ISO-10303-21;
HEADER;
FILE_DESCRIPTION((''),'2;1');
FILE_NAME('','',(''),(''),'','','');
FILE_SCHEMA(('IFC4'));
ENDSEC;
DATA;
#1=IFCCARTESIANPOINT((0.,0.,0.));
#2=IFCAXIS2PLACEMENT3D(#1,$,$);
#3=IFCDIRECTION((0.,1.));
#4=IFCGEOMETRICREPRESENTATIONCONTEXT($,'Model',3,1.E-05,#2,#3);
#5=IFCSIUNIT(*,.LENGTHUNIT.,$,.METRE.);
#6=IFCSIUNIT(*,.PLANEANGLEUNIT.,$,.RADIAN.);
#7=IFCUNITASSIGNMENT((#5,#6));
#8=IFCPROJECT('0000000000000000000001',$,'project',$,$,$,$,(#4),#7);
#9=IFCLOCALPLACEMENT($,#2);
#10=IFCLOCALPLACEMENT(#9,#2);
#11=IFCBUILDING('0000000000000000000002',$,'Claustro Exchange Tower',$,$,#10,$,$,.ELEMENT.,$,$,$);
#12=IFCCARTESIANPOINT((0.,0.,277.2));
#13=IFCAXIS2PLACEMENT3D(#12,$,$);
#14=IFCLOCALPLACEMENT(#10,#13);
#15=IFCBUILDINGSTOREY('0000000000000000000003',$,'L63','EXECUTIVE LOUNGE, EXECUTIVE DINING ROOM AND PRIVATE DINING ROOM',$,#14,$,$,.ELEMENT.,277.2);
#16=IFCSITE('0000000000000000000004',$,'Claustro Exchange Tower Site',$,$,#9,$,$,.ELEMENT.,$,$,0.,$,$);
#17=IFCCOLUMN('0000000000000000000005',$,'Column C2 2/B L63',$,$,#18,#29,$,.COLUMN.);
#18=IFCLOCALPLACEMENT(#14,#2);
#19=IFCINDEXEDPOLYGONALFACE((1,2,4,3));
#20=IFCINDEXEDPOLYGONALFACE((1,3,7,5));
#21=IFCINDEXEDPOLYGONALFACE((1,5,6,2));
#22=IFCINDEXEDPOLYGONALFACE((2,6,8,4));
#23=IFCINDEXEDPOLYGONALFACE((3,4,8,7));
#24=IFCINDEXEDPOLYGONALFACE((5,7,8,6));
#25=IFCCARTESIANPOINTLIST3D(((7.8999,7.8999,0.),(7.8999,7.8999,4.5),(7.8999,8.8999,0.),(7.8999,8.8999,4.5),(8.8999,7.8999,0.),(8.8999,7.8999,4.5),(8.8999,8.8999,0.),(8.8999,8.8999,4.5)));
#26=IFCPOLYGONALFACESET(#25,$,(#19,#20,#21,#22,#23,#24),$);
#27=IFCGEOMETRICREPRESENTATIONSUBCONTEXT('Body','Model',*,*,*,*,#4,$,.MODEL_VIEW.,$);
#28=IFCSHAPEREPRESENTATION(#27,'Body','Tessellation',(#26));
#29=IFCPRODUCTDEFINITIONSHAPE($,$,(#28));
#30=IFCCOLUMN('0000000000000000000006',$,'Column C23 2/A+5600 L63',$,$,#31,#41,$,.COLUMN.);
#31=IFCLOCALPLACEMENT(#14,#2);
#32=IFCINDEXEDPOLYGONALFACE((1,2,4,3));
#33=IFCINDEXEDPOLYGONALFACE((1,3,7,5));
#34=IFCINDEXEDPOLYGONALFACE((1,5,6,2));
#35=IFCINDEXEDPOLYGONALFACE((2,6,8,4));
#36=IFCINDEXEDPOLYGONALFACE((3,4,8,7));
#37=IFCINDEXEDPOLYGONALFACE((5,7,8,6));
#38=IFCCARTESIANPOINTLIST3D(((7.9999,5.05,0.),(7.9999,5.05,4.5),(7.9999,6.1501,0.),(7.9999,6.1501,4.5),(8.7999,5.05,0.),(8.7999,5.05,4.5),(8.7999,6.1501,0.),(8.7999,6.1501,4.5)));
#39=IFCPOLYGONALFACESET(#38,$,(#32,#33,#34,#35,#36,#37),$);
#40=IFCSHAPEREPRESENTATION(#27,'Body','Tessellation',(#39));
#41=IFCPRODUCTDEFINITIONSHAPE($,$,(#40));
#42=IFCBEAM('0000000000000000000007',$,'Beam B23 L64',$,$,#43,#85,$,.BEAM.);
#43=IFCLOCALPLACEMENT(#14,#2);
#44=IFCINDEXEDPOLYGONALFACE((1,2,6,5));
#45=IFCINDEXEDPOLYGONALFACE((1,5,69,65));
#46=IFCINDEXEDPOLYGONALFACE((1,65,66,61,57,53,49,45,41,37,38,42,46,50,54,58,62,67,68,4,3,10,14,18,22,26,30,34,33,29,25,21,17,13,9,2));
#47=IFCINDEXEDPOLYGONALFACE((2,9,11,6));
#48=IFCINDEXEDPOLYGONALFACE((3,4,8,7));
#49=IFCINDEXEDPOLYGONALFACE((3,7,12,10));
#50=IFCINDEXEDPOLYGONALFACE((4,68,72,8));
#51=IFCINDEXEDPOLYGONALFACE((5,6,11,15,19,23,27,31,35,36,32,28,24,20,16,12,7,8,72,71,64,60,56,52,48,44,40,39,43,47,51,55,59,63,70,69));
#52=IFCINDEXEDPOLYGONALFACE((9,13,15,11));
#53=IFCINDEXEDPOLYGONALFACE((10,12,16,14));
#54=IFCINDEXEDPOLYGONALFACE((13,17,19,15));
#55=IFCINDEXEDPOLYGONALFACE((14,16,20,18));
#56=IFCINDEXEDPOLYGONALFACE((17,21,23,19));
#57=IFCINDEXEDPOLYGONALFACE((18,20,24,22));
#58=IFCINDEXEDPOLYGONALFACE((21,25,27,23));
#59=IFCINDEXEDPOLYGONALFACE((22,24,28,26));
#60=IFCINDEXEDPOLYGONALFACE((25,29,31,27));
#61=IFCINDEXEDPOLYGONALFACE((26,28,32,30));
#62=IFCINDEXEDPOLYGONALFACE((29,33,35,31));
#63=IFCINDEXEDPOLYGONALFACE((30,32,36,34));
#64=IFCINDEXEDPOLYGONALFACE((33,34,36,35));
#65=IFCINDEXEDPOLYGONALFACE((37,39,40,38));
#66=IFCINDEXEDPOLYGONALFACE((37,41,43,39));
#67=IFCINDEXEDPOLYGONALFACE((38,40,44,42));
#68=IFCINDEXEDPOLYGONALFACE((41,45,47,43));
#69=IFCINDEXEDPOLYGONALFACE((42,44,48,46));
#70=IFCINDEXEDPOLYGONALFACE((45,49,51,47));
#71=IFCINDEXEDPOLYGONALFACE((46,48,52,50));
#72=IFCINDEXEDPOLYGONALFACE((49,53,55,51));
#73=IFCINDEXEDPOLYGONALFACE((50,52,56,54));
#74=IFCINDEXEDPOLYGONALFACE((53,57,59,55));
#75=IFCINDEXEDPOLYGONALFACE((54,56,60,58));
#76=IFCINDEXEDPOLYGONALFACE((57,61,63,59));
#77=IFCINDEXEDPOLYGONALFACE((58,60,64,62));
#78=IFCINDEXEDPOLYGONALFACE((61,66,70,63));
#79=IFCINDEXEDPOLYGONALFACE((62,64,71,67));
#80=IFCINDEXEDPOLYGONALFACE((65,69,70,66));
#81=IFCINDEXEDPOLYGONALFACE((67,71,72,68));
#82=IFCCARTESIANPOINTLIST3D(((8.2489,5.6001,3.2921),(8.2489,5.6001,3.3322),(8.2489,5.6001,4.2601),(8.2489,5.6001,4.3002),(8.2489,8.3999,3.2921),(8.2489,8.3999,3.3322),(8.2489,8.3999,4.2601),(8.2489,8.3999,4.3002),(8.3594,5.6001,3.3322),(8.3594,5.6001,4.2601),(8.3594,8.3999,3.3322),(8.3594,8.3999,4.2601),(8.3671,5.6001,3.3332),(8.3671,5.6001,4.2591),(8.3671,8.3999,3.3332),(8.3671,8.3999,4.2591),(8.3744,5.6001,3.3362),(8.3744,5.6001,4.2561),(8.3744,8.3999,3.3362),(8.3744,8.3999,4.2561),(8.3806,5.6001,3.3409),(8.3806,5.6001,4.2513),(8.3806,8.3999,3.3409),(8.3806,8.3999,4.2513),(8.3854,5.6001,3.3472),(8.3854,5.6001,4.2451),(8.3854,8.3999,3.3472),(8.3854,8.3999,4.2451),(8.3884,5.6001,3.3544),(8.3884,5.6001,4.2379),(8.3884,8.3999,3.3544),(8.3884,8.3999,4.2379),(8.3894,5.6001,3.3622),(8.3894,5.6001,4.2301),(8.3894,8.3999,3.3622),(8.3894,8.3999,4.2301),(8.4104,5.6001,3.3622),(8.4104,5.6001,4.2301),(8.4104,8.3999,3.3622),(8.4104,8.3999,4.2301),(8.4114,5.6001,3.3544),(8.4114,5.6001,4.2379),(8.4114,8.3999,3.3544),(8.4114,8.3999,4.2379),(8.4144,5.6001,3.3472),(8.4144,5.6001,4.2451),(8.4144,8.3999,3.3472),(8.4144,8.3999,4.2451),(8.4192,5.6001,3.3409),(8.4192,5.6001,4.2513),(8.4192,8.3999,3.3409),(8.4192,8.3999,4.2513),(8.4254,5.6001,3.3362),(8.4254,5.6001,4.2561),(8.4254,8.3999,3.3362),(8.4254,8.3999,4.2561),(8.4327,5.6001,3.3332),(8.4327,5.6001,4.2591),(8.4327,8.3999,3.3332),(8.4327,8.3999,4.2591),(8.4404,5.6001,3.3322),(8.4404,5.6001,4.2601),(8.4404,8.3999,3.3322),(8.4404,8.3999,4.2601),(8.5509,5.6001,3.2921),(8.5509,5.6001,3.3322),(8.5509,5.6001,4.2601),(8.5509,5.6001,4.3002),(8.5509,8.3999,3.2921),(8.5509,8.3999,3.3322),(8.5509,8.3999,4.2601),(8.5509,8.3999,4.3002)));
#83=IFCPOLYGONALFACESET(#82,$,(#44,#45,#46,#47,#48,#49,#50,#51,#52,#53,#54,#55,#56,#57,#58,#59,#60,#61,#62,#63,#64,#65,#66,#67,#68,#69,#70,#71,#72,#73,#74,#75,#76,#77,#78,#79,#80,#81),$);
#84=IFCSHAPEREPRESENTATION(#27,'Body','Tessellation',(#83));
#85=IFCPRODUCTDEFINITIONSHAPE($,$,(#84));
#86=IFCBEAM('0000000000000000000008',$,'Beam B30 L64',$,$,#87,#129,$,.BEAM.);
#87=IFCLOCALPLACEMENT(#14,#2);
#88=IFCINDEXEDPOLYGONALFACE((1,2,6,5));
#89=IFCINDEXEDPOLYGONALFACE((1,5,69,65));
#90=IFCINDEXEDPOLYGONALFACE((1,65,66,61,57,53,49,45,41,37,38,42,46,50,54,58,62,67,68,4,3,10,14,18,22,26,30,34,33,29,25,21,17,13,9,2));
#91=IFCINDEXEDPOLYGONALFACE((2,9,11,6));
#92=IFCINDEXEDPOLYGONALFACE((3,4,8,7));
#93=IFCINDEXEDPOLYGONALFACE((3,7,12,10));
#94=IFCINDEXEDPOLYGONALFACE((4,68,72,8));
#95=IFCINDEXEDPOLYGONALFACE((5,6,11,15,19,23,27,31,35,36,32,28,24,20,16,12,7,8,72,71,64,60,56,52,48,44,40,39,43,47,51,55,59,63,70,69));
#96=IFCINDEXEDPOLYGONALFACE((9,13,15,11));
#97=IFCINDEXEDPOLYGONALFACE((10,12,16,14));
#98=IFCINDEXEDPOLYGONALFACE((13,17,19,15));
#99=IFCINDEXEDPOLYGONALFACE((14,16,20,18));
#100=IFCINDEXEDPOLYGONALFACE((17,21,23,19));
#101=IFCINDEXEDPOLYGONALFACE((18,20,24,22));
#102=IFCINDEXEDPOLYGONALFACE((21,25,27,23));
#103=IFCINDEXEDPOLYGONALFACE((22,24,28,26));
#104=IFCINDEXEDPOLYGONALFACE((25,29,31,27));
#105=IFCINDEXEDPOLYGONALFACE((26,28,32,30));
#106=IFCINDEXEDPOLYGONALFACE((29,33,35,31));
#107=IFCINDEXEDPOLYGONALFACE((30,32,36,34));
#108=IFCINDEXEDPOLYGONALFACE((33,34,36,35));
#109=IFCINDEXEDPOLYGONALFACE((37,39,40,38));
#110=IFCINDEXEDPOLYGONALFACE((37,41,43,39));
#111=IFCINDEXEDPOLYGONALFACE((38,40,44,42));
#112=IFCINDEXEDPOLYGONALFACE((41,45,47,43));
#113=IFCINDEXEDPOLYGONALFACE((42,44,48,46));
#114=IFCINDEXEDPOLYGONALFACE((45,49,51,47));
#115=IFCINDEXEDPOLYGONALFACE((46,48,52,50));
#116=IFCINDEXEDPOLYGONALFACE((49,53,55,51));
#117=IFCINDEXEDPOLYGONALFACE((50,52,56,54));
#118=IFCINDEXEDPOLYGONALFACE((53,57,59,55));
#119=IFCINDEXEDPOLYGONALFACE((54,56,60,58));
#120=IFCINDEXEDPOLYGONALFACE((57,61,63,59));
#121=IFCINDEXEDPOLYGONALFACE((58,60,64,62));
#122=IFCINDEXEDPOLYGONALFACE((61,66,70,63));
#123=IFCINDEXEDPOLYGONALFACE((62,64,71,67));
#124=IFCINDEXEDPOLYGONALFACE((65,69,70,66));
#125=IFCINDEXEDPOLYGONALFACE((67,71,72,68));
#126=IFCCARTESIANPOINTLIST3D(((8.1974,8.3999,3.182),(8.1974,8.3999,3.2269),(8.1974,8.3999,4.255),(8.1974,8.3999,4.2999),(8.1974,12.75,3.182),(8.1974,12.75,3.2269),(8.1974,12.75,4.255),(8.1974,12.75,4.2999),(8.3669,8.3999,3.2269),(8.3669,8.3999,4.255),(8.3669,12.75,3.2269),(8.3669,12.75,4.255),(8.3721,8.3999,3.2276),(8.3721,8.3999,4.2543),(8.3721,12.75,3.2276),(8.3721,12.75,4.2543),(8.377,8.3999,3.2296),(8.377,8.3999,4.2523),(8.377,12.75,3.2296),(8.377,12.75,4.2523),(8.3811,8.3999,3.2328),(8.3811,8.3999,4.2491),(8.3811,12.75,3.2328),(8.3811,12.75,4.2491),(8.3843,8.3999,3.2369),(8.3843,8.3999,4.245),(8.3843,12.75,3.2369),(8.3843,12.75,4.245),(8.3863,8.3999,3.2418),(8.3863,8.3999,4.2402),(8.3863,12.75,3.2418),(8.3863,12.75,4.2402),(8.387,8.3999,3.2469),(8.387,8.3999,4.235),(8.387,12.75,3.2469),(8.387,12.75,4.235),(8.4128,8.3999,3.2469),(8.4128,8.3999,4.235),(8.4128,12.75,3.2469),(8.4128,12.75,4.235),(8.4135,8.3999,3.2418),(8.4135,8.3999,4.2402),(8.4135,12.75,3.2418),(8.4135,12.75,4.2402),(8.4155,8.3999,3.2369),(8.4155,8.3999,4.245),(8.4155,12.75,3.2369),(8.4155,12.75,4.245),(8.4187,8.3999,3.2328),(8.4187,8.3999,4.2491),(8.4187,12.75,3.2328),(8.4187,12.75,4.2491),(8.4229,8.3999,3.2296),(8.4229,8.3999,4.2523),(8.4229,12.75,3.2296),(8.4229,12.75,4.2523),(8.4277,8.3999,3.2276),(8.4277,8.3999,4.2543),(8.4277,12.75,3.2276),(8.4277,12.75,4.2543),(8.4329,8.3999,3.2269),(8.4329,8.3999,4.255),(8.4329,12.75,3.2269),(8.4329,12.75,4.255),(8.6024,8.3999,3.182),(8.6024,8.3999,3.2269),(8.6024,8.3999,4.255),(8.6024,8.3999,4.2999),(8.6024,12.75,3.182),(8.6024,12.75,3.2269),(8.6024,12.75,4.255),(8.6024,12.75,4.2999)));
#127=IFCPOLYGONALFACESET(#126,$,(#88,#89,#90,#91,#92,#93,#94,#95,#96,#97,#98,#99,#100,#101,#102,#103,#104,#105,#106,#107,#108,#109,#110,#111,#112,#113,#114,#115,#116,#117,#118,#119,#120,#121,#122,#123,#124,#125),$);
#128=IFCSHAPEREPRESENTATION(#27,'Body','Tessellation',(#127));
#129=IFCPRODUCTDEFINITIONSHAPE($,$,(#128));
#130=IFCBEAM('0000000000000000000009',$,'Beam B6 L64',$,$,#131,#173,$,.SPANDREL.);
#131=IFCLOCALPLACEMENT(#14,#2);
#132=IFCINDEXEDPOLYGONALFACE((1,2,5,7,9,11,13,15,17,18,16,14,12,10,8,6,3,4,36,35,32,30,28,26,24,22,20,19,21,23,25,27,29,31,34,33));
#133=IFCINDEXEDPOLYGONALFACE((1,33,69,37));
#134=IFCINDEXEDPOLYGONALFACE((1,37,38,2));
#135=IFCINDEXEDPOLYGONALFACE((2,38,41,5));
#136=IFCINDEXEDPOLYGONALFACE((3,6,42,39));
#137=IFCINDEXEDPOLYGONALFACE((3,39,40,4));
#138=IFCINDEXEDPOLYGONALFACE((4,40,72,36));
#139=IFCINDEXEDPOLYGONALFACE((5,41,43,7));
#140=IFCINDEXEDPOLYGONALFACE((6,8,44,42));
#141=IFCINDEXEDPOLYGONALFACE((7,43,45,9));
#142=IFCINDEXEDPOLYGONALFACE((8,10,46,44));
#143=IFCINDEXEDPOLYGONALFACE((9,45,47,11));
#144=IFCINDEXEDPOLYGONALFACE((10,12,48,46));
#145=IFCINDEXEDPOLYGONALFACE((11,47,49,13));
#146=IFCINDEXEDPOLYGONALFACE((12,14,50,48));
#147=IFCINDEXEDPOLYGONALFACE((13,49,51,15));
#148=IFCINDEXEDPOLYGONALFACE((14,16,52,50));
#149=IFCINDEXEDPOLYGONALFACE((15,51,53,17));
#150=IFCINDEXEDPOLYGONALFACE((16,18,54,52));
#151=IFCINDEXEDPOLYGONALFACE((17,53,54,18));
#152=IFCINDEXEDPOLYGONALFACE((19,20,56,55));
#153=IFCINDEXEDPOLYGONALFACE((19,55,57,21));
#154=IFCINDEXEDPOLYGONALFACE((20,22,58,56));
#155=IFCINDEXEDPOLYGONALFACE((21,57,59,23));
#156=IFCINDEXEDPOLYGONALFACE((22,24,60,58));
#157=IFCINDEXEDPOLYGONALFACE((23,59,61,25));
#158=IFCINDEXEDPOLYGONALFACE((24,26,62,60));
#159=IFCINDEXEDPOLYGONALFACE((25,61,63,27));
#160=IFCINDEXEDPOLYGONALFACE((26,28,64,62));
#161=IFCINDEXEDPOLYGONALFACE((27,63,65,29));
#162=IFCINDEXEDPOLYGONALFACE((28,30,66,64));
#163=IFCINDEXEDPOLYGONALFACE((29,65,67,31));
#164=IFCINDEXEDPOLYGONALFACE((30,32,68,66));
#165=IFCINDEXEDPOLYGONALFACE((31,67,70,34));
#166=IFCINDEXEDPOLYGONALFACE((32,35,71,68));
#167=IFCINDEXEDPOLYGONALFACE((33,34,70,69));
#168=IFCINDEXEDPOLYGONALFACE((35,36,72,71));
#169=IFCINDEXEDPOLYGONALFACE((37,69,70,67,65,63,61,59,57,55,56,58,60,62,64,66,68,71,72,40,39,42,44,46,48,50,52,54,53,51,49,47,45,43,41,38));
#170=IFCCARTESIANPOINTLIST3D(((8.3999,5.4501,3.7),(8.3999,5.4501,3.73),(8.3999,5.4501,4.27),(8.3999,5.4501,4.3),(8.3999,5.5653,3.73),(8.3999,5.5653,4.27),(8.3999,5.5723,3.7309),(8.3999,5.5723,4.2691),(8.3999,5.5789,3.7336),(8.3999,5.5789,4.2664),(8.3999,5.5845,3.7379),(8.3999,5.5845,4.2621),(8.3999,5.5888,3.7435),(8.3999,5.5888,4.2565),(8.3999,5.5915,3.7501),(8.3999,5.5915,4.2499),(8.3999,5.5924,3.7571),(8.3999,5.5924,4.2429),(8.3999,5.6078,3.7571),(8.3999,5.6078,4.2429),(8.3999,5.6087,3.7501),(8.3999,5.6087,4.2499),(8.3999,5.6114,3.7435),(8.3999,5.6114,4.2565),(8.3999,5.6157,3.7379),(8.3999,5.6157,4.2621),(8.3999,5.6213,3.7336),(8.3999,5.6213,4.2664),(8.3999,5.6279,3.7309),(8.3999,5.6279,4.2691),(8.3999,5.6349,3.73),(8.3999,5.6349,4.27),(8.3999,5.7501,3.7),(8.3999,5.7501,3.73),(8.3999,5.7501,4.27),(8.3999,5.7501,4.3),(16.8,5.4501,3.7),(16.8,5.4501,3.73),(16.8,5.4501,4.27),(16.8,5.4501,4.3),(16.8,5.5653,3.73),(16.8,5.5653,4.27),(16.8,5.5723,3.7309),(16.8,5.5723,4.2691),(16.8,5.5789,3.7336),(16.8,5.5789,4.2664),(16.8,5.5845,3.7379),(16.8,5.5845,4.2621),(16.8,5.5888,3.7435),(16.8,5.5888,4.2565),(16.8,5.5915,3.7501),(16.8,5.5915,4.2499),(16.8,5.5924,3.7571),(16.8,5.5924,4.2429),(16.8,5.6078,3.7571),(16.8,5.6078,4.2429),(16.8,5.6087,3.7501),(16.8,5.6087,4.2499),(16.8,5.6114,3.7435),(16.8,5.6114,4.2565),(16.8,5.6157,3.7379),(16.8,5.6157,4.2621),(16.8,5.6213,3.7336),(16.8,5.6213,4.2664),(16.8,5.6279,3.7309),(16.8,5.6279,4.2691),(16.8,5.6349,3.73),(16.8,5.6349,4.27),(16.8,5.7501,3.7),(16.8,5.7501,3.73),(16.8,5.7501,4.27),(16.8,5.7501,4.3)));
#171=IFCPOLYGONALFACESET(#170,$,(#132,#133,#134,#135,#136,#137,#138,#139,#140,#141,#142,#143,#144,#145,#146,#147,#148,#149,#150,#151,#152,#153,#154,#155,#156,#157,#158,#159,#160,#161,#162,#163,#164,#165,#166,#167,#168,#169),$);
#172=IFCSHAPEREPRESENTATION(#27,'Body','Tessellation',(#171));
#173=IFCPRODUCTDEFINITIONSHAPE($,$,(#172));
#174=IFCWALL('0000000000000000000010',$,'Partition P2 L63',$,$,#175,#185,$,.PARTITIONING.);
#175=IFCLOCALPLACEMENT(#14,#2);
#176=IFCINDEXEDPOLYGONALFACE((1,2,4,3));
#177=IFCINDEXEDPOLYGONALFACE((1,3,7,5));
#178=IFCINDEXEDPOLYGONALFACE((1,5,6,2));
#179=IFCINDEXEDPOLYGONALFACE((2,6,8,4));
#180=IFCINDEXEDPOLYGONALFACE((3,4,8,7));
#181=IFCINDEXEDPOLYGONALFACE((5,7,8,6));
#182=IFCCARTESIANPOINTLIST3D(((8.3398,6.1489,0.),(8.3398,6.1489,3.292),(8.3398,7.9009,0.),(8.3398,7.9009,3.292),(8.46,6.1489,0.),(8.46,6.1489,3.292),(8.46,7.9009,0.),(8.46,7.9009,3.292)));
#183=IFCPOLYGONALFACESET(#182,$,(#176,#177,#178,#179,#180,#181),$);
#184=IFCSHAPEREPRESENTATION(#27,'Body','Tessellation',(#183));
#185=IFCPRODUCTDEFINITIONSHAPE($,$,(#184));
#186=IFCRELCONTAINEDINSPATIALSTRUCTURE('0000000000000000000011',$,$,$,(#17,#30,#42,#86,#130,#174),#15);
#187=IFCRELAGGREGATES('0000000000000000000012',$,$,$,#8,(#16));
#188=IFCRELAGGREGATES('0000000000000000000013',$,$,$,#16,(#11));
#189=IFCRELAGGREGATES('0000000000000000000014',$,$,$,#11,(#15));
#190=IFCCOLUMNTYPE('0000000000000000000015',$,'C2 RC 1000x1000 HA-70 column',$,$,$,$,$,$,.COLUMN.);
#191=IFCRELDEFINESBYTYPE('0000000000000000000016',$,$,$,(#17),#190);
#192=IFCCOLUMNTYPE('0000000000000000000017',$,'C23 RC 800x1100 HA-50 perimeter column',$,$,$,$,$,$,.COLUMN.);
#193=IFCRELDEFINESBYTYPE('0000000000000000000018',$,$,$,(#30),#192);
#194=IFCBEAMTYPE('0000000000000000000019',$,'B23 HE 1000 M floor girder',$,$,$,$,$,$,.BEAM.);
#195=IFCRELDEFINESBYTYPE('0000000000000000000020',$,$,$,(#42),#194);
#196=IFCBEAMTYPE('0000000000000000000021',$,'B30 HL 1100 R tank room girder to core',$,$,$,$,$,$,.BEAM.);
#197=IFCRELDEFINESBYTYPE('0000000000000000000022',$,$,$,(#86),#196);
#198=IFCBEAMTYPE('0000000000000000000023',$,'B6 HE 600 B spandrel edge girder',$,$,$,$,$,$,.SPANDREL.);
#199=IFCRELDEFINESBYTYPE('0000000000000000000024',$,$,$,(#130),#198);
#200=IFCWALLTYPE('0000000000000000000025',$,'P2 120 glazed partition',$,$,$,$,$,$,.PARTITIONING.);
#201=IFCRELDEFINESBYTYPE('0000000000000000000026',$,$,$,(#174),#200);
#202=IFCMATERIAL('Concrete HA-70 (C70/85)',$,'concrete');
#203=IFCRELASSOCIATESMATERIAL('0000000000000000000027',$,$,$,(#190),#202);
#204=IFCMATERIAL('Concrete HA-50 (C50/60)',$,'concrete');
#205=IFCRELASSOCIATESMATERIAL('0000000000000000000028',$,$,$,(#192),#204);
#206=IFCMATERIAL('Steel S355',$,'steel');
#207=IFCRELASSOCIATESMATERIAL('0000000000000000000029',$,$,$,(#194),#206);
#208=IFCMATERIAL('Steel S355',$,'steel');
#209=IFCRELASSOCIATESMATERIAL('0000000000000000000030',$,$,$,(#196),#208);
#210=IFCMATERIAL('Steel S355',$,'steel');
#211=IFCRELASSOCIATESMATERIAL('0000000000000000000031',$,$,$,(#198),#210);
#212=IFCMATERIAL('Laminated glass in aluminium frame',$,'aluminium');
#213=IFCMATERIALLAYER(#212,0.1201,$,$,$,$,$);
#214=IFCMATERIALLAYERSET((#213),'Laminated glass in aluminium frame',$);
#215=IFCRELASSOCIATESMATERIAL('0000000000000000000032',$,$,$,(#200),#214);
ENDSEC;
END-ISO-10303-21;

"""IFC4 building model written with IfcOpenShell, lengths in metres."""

from ifc_helpers import new_model, si_unit, direction, frame, frame_2d, origin, origin_2d, place, context, subcontext, project, spatial, rectangle, i_section, extrude, material, layer, layer_set, material_profile, profile_set, type_object, element, save


model = new_model("IFC4")

# Units and contexts
model_context = context("Model", 3, precision=1e-05, world=origin(), true_north=direction((0.0, 1.0)))
body_context = subcontext(model_context, "Body", "Model", "MODEL_VIEW")
ifc_project = project(units=[si_unit("LENGTHUNIT", "METRE"), si_unit("PLANEANGLEUNIT", "RADIAN")], contexts=[model_context])

# Site, building, storey
site_placement = place(None, origin())
site = spatial("IfcSite", under=ifc_project, at=site_placement, Name="Claustro Exchange Tower Site", CompositionType="ELEMENT", RefElevation=0.0)
building_placement = place(site_placement, origin())
building = spatial("IfcBuilding", under=site, at=building_placement, Name="Claustro Exchange Tower", CompositionType="ELEMENT")
storey_placement = place(building_placement, frame((0.0, 0.0, 277.2)))
storey = spatial("IfcBuildingStorey", under=building, at=storey_placement, Name="L63", Description="EXECUTIVE LOUNGE, EXECUTIVE DINING ROOM AND PRIVATE DINING ROOM", CompositionType="ELEMENT", Elevation=277.2)

# Columns
ifc_material_1 = material(Name="Concrete HA-70 (C70/85)", Category="concrete")
ifc_material_profile_1 = material_profile(ifc_material_1, rectangle(XDim=1.0, YDim=1.0, at=origin_2d()), Name="RC 1000x1000")
ifc_profile_set_1 = profile_set([ifc_material_profile_1], Name="Concrete HA-70 (C70/85)")
column_type_1 = type_object("IfcColumnType", Name="C2 RC 1000x1000 HA-70 column", PredefinedType="COLUMN", material=ifc_profile_set_1)
column_1_placement = place(storey_placement, frame((8.3999, 8.3999, 0.0), z_axis=(0.0, 0.0, 1.0), x_axis=(1.0, 0.0, 0.0)))
element("IfcColumn", 1, at=column_1_placement, inside=storey, type_object=column_type_1, Name="Column C2 2/B L63", PredefinedType="COLUMN", context=body_context, shape_type="SweptSolid", body=[
    extrude(rectangle(XDim=1.0, YDim=1.0, at=origin_2d()), origin(), (0.0, 0.0, 1.0), 4.5),
])
ifc_material_2 = material(Name="Concrete HA-50 (C50/60)", Category="concrete")
ifc_material_profile_2 = material_profile(ifc_material_2, rectangle(XDim=0.8, YDim=1.1001, at=origin_2d()), Name="RC 800x1100")
ifc_profile_set_2 = profile_set([ifc_material_profile_2], Name="Concrete HA-50 (C50/60)")
column_type_2 = type_object("IfcColumnType", Name="C23 RC 800x1100 HA-50 perimeter column", PredefinedType="COLUMN", material=ifc_profile_set_2)
column_2_placement = place(storey_placement, frame((8.3999, 5.6001, 0.0), z_axis=(0.0, 0.0, 1.0), x_axis=(1.0, 0.0, 0.0)))
element("IfcColumn", 2, at=column_2_placement, inside=storey, type_object=column_type_2, Name="Column C23 2/A+5600 L63", PredefinedType="COLUMN", context=body_context, shape_type="SweptSolid", body=[
    extrude(rectangle(XDim=0.8, YDim=1.1001, at=origin_2d()), origin(), (0.0, 0.0, 1.0), 4.5),
])

# Beams
ifc_material_3 = material(Name="Steel S355", Category="steel")
ifc_material_profile_3 = material_profile(ifc_material_3, i_section(OverallWidth=0.302, OverallDepth=1.0081, WebThickness=0.021, FlangeThickness=0.04, FilletRadius=0.03, at=origin_2d()), Name="HE 1000 M")
ifc_profile_set_3 = profile_set([ifc_material_profile_3], Name="Steel S355")
beam_type_1 = type_object("IfcBeamType", Name="B23 HE 1000 M floor girder", PredefinedType="BEAM", material=ifc_profile_set_3)
beam_1_placement = place(storey_placement, frame((8.3999, 5.6001, 3.7961), z_axis=(0.0, 1.0, 0.0), x_axis=(-1.0, 0.0, 0.0)))
element("IfcBeam", 3, at=beam_1_placement, inside=storey, type_object=beam_type_1, Name="Beam B23 L64", PredefinedType="BEAM", context=body_context, shape_type="SweptSolid", body=[
    extrude(i_section(OverallWidth=0.302, OverallDepth=1.0081, WebThickness=0.021, FlangeThickness=0.04, FilletRadius=0.03, at=origin_2d()), origin(), (0.0, 0.0, 1.0), 2.7998),
])
ifc_material_4 = material(Name="Steel S355", Category="steel")
ifc_material_profile_4 = material_profile(ifc_material_4, i_section(OverallWidth=0.405, OverallDepth=1.1179, WebThickness=0.0259, FlangeThickness=0.0449, FilletRadius=0.02, at=origin_2d()), Name="HL 1100 R")
ifc_profile_set_4 = profile_set([ifc_material_profile_4], Name="Steel S355")
beam_type_2 = type_object("IfcBeamType", Name="B30 HL 1100 R tank room girder to core", PredefinedType="BEAM", material=ifc_profile_set_4)
beam_2_placement = place(storey_placement, frame((8.3999, 8.3999, 3.741), z_axis=(0.0, 1.0, 0.0), x_axis=(-1.0, 0.0, 0.0)))
element("IfcBeam", 4, at=beam_2_placement, inside=storey, type_object=beam_type_2, Name="Beam B30 L64", PredefinedType="BEAM", context=body_context, shape_type="SweptSolid", body=[
    extrude(i_section(OverallWidth=0.405, OverallDepth=1.1179, WebThickness=0.0259, FlangeThickness=0.0449, FilletRadius=0.02, at=origin_2d()), origin(), (0.0, 0.0, 1.0), 4.3501),
])
ifc_material_5 = material(Name="Steel S355", Category="steel")
ifc_material_profile_5 = material_profile(ifc_material_5, i_section(OverallWidth=0.3, OverallDepth=0.6001, WebThickness=0.0154, FlangeThickness=0.03, FilletRadius=0.0271, at=origin_2d()), Name="HE 600 B")
ifc_profile_set_5 = profile_set([ifc_material_profile_5], Name="Steel S355")
beam_type_3 = type_object("IfcBeamType", Name="B6 HE 600 B spandrel edge girder", PredefinedType="SPANDREL", material=ifc_profile_set_5)
beam_3_placement = place(storey_placement, frame((8.3999, 5.6001, 4.0), z_axis=(1.0, 0.0, 0.0), x_axis=(0.0, 1.0, 0.0)))
element("IfcBeam", 5, at=beam_3_placement, inside=storey, type_object=beam_type_3, Name="Beam B6 L64", PredefinedType="SPANDREL", context=body_context, shape_type="SweptSolid", body=[
    extrude(i_section(OverallWidth=0.3, OverallDepth=0.6001, WebThickness=0.0154, FlangeThickness=0.03, FilletRadius=0.0271, at=origin_2d()), origin(), (0.0, 0.0, 1.0), 8.4001),
])

# Wall
ifc_material_6 = material(Name="Laminated glass in aluminium frame", Category="aluminium")
ifc_layer_1 = layer(ifc_material_6, 0.1201)
ifc_layer_set_1 = layer_set([ifc_layer_1], Name="Laminated glass in aluminium frame")
wall_type_1 = type_object("IfcWallType", Name="P2 120 glazed partition", PredefinedType="PARTITIONING", material=ifc_layer_set_1)
wall_1_placement = place(storey_placement, frame((8.3999, 6.1489, 0.0), z_axis=(0.0, 0.0, 1.0), x_axis=(0.0, 1.0, 0.0)))
element("IfcWall", 6, at=wall_1_placement, inside=storey, type_object=wall_type_1, Name="Partition P2 L63", PredefinedType="PARTITIONING", context=body_context, shape_type="SweptSolid", body=[
    extrude(rectangle(XDim=1.752, YDim=0.1201, at=frame_2d((0.876, 0.0))), origin(), (0.0, 0.0, 1.0), 3.292),
])

save(model, "model.ifc")
